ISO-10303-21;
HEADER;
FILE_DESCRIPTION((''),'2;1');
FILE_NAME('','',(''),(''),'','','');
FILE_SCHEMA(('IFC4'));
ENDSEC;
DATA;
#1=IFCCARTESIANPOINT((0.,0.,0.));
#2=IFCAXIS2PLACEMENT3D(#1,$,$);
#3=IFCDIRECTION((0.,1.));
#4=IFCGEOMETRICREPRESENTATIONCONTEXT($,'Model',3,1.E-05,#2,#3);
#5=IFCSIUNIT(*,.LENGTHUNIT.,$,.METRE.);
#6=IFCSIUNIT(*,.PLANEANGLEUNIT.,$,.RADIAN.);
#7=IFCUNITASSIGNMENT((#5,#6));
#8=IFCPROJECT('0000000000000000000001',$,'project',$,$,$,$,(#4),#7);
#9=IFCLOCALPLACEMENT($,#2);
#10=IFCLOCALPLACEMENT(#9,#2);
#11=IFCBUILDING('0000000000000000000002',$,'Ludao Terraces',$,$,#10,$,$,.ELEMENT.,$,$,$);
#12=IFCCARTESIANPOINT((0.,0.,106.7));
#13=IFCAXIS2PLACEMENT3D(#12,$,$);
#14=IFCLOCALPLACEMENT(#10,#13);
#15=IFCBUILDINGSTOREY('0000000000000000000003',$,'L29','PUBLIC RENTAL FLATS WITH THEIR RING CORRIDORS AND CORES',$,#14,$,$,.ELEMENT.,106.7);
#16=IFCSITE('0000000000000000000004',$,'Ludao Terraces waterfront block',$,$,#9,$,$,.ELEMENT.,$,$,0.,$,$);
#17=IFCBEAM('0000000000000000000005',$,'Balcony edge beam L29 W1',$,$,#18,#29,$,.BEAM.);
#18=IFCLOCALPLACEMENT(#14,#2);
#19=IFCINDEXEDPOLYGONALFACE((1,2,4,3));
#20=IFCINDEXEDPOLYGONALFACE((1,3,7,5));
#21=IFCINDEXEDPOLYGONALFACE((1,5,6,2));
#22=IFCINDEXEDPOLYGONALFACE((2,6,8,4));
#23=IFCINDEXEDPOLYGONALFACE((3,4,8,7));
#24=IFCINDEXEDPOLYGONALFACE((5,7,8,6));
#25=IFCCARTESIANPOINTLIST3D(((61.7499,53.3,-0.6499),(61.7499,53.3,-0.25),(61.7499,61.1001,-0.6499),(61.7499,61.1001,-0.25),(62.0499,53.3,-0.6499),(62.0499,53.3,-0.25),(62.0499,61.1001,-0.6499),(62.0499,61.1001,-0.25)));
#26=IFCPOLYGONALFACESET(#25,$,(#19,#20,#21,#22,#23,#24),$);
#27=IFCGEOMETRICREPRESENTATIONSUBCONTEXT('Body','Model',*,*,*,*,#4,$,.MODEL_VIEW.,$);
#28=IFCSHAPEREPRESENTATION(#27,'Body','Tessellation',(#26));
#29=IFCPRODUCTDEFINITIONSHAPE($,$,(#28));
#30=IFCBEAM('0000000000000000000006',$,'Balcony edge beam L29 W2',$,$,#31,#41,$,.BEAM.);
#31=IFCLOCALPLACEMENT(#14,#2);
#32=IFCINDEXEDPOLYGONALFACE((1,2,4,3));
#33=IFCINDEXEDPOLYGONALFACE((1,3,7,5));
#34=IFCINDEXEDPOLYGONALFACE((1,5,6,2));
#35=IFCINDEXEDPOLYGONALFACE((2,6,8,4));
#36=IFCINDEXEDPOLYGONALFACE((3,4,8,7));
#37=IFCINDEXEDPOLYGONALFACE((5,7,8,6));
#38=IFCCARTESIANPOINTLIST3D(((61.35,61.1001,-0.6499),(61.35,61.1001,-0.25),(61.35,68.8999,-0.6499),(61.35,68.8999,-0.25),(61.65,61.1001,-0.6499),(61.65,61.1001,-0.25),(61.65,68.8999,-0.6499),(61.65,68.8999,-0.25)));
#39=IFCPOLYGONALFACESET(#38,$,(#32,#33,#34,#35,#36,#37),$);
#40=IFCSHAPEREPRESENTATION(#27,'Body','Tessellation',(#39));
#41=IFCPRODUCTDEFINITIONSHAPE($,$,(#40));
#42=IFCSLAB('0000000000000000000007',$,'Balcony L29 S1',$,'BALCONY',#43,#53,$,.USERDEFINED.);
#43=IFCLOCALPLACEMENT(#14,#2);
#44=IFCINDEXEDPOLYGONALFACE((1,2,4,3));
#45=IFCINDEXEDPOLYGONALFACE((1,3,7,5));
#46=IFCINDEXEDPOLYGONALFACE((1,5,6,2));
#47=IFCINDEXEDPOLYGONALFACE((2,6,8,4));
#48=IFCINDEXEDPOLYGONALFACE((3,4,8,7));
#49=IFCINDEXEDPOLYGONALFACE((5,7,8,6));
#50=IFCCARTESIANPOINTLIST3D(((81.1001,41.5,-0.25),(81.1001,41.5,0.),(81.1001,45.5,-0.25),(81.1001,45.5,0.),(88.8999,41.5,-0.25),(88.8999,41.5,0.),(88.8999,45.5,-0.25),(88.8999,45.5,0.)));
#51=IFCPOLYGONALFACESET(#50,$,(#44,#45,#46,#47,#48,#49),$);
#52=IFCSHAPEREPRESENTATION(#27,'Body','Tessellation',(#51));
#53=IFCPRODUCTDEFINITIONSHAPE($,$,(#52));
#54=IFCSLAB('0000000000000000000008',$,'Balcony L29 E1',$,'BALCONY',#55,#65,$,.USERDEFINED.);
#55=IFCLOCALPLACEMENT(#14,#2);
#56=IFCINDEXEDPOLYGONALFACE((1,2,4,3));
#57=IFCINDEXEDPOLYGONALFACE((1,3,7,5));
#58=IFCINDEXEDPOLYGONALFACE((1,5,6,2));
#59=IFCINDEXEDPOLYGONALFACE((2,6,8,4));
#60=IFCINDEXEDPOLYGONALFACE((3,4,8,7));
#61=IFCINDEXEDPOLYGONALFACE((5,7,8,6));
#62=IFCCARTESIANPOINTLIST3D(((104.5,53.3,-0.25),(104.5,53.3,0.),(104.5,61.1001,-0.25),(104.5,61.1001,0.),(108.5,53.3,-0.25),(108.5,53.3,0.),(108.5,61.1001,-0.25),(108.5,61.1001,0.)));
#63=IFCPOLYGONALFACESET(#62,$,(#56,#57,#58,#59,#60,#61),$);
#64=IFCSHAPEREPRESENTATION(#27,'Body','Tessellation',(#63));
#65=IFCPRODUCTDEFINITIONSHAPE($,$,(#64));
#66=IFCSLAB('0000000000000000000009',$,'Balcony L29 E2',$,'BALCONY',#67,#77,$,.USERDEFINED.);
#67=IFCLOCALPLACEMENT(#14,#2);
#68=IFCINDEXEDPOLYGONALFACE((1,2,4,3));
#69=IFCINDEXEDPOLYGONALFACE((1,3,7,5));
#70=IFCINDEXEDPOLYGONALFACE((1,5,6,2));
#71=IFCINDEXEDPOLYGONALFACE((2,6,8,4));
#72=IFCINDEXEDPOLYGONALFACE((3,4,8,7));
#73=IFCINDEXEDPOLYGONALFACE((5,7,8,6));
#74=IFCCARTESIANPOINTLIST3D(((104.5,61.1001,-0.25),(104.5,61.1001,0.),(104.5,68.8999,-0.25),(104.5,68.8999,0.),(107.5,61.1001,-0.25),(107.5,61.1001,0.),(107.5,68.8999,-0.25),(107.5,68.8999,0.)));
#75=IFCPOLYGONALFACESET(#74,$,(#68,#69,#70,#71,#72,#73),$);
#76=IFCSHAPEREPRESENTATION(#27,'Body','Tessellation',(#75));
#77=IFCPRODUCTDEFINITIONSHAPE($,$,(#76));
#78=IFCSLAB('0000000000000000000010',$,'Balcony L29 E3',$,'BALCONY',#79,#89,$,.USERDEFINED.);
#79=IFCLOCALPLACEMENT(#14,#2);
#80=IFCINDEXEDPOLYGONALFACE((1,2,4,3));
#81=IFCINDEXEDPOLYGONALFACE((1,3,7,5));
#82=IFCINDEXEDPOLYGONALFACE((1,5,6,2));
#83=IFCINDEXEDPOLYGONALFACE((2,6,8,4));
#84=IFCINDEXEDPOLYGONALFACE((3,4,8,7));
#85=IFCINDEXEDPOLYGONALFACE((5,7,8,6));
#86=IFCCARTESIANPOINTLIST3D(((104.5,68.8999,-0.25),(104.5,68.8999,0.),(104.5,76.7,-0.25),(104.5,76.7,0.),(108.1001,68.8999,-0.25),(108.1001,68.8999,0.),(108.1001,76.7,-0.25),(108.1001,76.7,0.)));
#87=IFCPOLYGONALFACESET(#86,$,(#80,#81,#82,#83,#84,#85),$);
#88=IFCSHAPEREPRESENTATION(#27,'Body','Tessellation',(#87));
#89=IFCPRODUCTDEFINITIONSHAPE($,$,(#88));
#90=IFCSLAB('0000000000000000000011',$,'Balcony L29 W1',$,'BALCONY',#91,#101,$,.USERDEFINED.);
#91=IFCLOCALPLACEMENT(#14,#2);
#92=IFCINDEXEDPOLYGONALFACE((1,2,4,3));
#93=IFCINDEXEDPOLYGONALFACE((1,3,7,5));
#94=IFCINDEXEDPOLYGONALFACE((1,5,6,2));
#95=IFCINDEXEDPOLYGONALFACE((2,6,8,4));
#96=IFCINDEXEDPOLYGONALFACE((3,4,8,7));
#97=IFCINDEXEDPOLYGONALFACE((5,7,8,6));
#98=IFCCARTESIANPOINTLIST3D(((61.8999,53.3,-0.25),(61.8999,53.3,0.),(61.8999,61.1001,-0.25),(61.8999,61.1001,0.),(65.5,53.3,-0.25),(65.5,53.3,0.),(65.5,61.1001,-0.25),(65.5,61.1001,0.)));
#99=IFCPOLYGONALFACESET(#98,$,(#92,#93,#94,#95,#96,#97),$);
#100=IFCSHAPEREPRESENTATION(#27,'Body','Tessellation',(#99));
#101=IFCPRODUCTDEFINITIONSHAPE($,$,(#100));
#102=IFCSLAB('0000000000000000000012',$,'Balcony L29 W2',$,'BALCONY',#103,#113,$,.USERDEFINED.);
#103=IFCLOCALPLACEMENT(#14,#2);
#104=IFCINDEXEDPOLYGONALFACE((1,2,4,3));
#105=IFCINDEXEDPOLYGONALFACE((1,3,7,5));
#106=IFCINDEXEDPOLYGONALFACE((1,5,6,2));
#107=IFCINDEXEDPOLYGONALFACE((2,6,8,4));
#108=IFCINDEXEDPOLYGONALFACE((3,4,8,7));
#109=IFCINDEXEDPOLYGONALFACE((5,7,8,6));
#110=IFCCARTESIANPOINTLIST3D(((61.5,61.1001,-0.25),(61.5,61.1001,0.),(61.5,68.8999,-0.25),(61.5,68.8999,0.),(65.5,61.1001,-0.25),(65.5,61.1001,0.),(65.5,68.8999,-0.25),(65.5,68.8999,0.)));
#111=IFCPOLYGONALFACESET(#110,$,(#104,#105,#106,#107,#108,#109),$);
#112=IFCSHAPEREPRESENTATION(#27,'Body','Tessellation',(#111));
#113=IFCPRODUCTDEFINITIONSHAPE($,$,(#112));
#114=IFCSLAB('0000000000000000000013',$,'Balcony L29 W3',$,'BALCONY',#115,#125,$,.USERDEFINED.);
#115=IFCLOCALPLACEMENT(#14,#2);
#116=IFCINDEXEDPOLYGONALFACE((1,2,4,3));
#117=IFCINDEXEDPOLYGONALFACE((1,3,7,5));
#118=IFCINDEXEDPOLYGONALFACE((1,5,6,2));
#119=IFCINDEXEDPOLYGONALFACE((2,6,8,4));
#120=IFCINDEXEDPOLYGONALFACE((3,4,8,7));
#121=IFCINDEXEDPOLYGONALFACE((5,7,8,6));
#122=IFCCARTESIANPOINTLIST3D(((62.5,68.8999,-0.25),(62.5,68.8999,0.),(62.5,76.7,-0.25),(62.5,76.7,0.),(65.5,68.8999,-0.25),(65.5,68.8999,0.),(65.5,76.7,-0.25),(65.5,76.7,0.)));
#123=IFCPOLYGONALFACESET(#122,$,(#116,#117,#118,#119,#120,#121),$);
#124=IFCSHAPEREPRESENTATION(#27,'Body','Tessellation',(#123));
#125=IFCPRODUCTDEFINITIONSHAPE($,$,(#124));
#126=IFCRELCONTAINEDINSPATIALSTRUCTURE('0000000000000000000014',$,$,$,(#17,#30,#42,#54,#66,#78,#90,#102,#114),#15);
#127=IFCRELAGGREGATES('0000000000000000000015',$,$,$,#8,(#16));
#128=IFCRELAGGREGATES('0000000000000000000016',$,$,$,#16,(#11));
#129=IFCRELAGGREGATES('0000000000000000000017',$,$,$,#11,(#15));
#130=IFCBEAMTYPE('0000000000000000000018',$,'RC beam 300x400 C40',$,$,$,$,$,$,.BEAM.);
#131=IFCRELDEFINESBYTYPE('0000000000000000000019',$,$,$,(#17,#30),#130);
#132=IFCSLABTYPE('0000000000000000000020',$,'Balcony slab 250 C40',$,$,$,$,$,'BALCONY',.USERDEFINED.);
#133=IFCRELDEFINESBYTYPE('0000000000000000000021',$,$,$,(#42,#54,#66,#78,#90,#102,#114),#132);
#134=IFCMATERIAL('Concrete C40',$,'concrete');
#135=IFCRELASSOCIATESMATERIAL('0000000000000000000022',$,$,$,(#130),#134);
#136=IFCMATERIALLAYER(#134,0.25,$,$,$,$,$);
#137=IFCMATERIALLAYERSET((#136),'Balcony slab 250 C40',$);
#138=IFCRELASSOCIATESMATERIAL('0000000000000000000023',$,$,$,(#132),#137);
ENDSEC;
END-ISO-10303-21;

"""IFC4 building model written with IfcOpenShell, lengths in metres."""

from ifc_helpers import new_model, si_unit, direction, frame, origin, origin_2d, place, context, subcontext, project, spatial, polyline, rectangle, outline, extrude, material, layer, layer_set, material_profile, profile_set, type_object, element, save


model = new_model("IFC4")

# Units and contexts
model_context = context("Model", 3, precision=1e-05, world=origin(), true_north=direction((0.0, 1.0)))
body_context = subcontext(model_context, "Body", "Model", "MODEL_VIEW")
ifc_project = project(units=[si_unit("LENGTHUNIT", "METRE"), si_unit("PLANEANGLEUNIT", "RADIAN")], contexts=[model_context])

# Site, building, storey
site_placement = place(None, origin())
site = spatial("IfcSite", under=ifc_project, at=site_placement, Name="Ludao Terraces waterfront block", CompositionType="ELEMENT", RefElevation=0.0)
building_placement = place(site_placement, origin())
building = spatial("IfcBuilding", under=site, at=building_placement, Name="Ludao Terraces", CompositionType="ELEMENT")
storey_placement = place(building_placement, frame((0.0, 0.0, 106.7)))
storey = spatial("IfcBuildingStorey", under=building, at=storey_placement, Name="L29", Description="PUBLIC RENTAL FLATS WITH THEIR RING CORRIDORS AND CORES", CompositionType="ELEMENT", Elevation=106.7)

# Beams
ifc_material_1 = material(Name="Concrete C40", Category="concrete")
ifc_material_profile = material_profile(ifc_material_1, rectangle(XDim=0.3, YDim=0.3999, at=origin_2d()), Name="300 X 400")
ifc_profile_set = profile_set([ifc_material_profile], Name="Concrete C40")
beam_type = type_object("IfcBeamType", Name="RC beam 300x400 C40", PredefinedType="BEAM", material=ifc_profile_set)
beam_1_placement = place(storey_placement, frame((61.8999, 53.3, -0.45), z_axis=(0.0, 1.0, 0.0), x_axis=(-1.0, 0.0, 0.0)))
element("IfcBeam", 1, at=beam_1_placement, inside=storey, type_object=beam_type, Name="Balcony edge beam L29 W1", PredefinedType="BEAM", context=body_context, shape_type="SweptSolid", body=[
    extrude(rectangle(XDim=0.3, YDim=0.3999, at=origin_2d()), origin(), (0.0, 0.0, 1.0), 7.8),
])
beam_2_placement = place(storey_placement, frame((61.5, 61.1001, -0.45), z_axis=(0.0, 1.0, 0.0), x_axis=(-1.0, 0.0, 0.0)))
element("IfcBeam", 2, at=beam_2_placement, inside=storey, type_object=beam_type, Name="Balcony edge beam L29 W2", PredefinedType="BEAM", context=body_context, shape_type="SweptSolid", body=[
    extrude(rectangle(XDim=0.3, YDim=0.3999, at=origin_2d()), origin(), (0.0, 0.0, 1.0), 7.7998),
])

# Slabs
ifc_layer_1 = layer(ifc_material_1, 0.25)
ifc_layer_set_1 = layer_set([ifc_layer_1], Name="Balcony slab 250 C40")
slab_type_1 = type_object("IfcSlabType", Name="Balcony slab 250 C40", ElementType="BALCONY", PredefinedType="USERDEFINED", material=ifc_layer_set_1)
slab_1_placement = place(storey_placement, frame((0.0, 0.0, -0.25)))
element("IfcSlab", 3, at=slab_1_placement, inside=storey, type_object=slab_type_1, Name="Balcony L29 S1", ObjectType="BALCONY", PredefinedType="USERDEFINED", context=body_context, shape_type="SweptSolid", body=[
    extrude(outline(polyline([(81.1001, 41.5), (88.8999, 41.5), (88.8999, 45.5), (81.1001, 45.5), (81.1001, 41.5)])), origin(), (0.0, 0.0, 1.0), 0.25),
])
slab_2_placement = place(storey_placement, frame((0.0, 0.0, -0.25)))
element("IfcSlab", 4, at=slab_2_placement, inside=storey, type_object=slab_type_1, Name="Balcony L29 E1", ObjectType="BALCONY", PredefinedType="USERDEFINED", context=body_context, shape_type="SweptSolid", body=[
    extrude(outline(polyline([(104.5, 53.3), (108.5, 53.3), (108.5, 61.1001), (104.5, 61.1001), (104.5, 53.3)])), origin(), (0.0, 0.0, 1.0), 0.25),
])
slab_3_placement = place(storey_placement, frame((0.0, 0.0, -0.25)))
element("IfcSlab", 5, at=slab_3_placement, inside=storey, type_object=slab_type_1, Name="Balcony L29 E2", ObjectType="BALCONY", PredefinedType="USERDEFINED", context=body_context, shape_type="SweptSolid", body=[
    extrude(outline(polyline([(104.5, 61.1001), (107.5, 61.1001), (107.5, 68.8999), (104.5, 68.8999), (104.5, 61.1001)])), origin(), (0.0, 0.0, 1.0), 0.25),
])
slab_4_placement = place(storey_placement, frame((0.0, 0.0, -0.25)))
element("IfcSlab", 6, at=slab_4_placement, inside=storey, type_object=slab_type_1, Name="Balcony L29 E3", ObjectType="BALCONY", PredefinedType="USERDEFINED", context=body_context, shape_type="SweptSolid", body=[
    extrude(outline(polyline([(104.5, 68.8999), (108.1001, 68.8999), (108.1001, 76.7), (104.5, 76.7), (104.5, 68.8999)])), origin(), (0.0, 0.0, 1.0), 0.25),
])
slab_5_placement = place(storey_placement, frame((0.0, 0.0, -0.25)))
element("IfcSlab", 7, at=slab_5_placement, inside=storey, type_object=slab_type_1, Name="Balcony L29 W1", ObjectType="BALCONY", PredefinedType="USERDEFINED", context=body_context, shape_type="SweptSolid", body=[
    extrude(outline(polyline([(61.8999, 53.3), (65.5, 53.3), (65.5, 61.1001), (61.8999, 61.1001), (61.8999, 53.3)])), origin(), (0.0, 0.0, 1.0), 0.25),
])
slab_6_placement = place(storey_placement, frame((0.0, 0.0, -0.25)))
element("IfcSlab", 8, at=slab_6_placement, inside=storey, type_object=slab_type_1, Name="Balcony L29 W2", ObjectType="BALCONY", PredefinedType="USERDEFINED", context=body_context, shape_type="SweptSolid", body=[
    extrude(outline(polyline([(61.5, 61.1001), (65.5, 61.1001), (65.5, 68.8999), (61.5, 68.8999), (61.5, 61.1001)])), origin(), (0.0, 0.0, 1.0), 0.25),
])
slab_7_placement = place(storey_placement, frame((0.0, 0.0, -0.25)))
element("IfcSlab", 9, at=slab_7_placement, inside=storey, type_object=slab_type_1, Name="Balcony L29 W3", ObjectType="BALCONY", PredefinedType="USERDEFINED", context=body_context, shape_type="SweptSolid", body=[
    extrude(outline(polyline([(62.5, 68.8999), (65.5, 68.8999), (65.5, 76.7), (62.5, 76.7), (62.5, 68.8999)])), origin(), (0.0, 0.0, 1.0), 0.25),
])

save(model, "model.ifc")
